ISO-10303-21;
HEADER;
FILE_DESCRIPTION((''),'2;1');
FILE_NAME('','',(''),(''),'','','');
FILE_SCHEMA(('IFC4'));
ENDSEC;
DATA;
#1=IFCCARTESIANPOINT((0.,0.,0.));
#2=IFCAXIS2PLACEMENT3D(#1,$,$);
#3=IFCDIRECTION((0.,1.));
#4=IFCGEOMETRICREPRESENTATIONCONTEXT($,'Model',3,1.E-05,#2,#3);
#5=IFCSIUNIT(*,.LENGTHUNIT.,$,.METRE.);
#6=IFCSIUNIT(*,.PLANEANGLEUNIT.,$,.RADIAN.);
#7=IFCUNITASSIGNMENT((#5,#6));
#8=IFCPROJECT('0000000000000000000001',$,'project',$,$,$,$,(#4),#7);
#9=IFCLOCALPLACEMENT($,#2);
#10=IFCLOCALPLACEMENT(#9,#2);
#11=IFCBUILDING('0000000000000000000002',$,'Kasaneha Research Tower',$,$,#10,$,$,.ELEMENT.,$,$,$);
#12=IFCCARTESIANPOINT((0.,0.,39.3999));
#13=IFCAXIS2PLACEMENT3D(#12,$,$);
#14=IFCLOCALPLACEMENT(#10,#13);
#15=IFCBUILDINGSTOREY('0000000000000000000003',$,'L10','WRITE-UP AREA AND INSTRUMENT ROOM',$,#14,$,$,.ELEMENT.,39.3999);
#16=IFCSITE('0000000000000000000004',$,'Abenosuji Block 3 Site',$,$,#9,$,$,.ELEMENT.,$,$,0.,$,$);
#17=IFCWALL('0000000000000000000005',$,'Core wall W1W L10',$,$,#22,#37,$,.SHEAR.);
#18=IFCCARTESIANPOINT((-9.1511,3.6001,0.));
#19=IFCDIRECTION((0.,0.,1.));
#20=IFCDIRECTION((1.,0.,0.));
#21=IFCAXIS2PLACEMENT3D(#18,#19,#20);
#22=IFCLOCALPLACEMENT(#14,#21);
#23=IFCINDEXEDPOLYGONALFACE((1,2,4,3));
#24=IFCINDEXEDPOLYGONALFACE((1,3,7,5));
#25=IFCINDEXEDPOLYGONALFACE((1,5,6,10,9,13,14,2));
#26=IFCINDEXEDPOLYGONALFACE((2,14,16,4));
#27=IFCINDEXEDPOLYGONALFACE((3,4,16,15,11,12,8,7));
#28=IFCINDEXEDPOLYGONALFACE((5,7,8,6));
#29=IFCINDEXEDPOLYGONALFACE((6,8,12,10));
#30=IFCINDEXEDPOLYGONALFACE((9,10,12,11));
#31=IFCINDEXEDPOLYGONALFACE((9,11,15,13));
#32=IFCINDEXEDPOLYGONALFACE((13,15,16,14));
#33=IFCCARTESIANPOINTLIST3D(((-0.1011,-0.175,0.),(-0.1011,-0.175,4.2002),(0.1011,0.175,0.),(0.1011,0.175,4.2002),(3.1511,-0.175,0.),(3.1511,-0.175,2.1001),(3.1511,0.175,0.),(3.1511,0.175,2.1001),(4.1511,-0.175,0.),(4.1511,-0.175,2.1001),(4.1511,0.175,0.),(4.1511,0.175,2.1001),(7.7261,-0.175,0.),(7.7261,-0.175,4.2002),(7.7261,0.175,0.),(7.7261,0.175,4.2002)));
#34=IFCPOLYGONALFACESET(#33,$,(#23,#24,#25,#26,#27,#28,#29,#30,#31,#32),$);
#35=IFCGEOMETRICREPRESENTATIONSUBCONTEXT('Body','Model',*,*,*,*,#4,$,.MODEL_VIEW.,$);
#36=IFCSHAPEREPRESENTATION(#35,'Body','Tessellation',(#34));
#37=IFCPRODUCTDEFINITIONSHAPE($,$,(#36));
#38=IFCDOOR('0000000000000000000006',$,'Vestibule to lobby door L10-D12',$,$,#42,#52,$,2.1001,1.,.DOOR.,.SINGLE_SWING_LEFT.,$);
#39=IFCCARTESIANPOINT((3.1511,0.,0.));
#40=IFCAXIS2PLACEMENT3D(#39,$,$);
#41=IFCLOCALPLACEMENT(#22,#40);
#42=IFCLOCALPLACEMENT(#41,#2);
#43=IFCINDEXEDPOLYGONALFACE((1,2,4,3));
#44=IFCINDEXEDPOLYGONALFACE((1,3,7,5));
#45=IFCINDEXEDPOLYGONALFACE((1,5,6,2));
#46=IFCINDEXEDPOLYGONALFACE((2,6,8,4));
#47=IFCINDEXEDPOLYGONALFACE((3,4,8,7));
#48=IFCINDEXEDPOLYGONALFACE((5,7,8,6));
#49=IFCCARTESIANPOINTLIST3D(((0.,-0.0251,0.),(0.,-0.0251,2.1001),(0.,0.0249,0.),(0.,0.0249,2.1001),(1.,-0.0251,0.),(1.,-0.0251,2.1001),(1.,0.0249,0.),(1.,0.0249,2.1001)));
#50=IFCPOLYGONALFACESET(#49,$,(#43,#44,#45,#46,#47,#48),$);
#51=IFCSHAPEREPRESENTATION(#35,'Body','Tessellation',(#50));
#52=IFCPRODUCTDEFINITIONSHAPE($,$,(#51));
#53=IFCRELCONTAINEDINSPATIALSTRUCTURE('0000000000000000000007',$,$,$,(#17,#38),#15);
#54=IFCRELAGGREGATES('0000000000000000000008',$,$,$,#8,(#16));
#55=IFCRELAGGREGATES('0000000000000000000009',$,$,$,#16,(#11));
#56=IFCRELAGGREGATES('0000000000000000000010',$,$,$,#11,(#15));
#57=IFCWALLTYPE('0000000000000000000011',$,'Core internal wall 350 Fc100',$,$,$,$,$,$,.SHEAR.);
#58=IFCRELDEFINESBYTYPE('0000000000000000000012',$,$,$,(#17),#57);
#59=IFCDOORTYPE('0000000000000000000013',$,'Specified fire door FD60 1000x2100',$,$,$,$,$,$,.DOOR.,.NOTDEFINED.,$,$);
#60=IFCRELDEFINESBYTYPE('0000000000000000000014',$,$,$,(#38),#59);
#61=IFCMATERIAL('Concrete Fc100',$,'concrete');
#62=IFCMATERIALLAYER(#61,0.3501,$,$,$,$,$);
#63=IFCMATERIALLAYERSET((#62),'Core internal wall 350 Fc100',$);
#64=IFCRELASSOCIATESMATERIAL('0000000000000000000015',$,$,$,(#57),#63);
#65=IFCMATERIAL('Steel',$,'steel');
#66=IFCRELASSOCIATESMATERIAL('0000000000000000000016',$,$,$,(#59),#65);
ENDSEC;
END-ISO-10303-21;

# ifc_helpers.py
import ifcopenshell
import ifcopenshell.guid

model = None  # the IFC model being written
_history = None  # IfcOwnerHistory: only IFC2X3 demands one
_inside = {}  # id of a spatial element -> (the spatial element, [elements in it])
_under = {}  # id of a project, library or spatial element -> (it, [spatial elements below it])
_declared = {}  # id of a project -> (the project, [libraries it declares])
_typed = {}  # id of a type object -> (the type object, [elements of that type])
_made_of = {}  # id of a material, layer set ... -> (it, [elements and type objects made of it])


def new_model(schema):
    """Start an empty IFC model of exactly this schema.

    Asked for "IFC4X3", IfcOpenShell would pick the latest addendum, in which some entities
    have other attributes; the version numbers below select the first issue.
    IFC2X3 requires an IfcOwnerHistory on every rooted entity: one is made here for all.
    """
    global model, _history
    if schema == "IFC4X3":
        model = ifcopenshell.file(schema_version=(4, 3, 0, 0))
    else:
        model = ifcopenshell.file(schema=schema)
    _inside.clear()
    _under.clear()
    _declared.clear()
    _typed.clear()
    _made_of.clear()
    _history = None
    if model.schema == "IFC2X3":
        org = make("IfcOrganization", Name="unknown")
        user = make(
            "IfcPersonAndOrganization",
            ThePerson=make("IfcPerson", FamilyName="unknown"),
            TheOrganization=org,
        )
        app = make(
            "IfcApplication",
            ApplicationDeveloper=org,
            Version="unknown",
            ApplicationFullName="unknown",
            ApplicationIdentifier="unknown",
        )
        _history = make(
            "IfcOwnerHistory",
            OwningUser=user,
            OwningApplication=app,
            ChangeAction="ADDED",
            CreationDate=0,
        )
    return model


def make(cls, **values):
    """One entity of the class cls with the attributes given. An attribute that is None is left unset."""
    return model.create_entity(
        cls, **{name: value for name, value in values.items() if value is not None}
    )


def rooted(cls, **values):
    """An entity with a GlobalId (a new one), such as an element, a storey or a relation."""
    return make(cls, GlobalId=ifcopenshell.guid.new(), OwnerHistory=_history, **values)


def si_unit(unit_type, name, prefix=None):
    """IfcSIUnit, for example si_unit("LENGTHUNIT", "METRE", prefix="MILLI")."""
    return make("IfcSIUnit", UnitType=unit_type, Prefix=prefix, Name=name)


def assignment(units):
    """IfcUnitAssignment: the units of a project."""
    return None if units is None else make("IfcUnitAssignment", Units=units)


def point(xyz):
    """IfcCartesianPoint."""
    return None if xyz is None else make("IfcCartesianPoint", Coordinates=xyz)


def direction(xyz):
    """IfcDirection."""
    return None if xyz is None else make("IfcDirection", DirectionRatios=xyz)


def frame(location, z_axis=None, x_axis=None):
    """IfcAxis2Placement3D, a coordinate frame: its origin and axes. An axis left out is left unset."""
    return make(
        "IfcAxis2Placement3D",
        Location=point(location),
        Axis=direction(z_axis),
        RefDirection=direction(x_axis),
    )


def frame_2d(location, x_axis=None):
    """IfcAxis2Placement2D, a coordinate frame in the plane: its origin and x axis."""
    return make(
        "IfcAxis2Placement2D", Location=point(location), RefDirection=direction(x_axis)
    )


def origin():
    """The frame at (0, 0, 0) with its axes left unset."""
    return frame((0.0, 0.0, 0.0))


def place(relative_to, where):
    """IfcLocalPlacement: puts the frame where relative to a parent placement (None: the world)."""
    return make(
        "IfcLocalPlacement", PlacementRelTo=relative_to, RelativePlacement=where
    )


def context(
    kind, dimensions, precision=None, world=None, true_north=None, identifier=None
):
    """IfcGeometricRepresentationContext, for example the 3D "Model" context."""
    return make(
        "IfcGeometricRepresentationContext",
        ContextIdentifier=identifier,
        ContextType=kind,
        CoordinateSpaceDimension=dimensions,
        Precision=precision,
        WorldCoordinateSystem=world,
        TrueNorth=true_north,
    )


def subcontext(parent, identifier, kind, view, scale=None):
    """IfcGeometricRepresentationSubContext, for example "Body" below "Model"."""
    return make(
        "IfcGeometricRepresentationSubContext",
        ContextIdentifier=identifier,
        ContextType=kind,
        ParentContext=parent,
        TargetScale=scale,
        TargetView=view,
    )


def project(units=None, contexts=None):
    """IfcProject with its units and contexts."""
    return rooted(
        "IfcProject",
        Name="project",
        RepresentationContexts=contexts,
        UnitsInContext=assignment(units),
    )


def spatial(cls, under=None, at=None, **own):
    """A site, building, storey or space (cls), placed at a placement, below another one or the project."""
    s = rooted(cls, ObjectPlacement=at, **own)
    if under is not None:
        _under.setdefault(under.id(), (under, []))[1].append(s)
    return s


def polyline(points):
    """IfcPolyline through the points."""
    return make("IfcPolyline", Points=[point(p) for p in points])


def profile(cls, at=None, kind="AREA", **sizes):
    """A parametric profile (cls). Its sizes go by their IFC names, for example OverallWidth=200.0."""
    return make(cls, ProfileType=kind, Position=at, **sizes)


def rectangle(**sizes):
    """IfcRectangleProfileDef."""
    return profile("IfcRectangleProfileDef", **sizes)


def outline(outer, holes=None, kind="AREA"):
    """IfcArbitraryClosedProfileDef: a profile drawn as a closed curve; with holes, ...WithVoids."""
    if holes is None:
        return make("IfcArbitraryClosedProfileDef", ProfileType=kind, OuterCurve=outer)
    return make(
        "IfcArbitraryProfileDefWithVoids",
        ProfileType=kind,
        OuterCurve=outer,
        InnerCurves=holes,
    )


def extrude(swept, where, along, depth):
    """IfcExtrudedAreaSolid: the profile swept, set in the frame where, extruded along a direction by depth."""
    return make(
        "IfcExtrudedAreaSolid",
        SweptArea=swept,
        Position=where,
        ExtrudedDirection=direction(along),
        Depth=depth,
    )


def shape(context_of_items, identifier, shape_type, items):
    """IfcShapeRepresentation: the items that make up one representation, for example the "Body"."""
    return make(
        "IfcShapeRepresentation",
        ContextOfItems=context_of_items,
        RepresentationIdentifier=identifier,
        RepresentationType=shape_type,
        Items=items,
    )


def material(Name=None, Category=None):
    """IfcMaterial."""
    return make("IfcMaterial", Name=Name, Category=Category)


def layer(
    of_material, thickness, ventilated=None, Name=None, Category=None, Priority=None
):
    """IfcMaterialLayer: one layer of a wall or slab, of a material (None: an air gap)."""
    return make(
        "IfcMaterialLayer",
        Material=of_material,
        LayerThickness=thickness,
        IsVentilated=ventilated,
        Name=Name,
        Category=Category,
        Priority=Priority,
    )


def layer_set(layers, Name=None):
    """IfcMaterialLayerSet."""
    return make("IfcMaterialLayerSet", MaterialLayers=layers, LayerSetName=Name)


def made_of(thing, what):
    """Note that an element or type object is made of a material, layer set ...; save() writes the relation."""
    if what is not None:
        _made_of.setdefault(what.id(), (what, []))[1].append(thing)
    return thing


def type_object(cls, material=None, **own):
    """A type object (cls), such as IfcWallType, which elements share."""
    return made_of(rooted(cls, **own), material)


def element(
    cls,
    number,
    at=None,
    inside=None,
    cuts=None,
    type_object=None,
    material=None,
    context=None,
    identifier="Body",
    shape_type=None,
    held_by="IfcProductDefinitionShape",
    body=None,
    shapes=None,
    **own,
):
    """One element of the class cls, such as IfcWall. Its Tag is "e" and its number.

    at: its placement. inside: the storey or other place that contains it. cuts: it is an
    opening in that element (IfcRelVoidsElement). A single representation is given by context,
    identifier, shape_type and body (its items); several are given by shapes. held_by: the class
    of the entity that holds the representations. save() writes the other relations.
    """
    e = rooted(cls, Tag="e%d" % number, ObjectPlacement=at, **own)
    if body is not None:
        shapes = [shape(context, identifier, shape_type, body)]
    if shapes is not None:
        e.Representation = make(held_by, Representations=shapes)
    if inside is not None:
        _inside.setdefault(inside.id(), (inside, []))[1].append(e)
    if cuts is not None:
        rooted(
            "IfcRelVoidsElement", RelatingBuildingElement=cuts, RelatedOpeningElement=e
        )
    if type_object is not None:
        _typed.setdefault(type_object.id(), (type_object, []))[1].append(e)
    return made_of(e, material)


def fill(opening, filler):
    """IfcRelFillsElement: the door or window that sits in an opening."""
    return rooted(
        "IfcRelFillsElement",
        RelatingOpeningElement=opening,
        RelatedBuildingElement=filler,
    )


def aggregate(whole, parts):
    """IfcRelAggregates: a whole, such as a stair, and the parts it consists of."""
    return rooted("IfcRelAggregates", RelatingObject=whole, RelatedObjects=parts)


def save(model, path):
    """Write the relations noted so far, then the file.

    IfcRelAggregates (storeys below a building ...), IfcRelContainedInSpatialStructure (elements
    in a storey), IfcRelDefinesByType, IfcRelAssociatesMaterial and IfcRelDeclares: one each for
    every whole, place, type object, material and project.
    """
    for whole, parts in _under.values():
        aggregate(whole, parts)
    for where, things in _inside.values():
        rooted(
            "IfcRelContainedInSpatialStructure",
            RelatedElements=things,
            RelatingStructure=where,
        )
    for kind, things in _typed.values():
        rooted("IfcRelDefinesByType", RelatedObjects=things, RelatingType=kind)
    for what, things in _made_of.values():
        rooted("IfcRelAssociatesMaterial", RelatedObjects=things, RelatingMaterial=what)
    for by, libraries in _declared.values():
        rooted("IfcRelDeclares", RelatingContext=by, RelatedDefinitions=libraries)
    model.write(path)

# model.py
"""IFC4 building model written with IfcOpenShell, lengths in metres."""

from ifc_helpers import new_model, si_unit, direction, frame, frame_2d, origin, place, context, subcontext, project, spatial, polyline, rectangle, outline, extrude, material, layer, layer_set, type_object, element, fill, save


model = new_model("IFC4")

# Units and contexts
model_context = context("Model", 3, precision=1e-05, world=origin(), true_north=direction((0.0, 1.0)))
body_context = subcontext(model_context, "Body", "Model", "MODEL_VIEW")
ifc_project = project(units=[si_unit("LENGTHUNIT", "METRE"), si_unit("PLANEANGLEUNIT", "RADIAN")], contexts=[model_context])

# Site, building, storey
site_placement = place(None, origin())
site = spatial("IfcSite", under=ifc_project, at=site_placement, Name="Abenosuji Block 3 Site", CompositionType="ELEMENT", RefElevation=0.0)
building_placement = place(site_placement, origin())
building = spatial("IfcBuilding", under=site, at=building_placement, Name="Kasaneha Research Tower", CompositionType="ELEMENT")
storey_placement = place(building_placement, frame((0.0, 0.0, 39.3999)))
storey = spatial("IfcBuildingStorey", under=building, at=storey_placement, Name="L10", Description="WRITE-UP AREA AND INSTRUMENT ROOM", CompositionType="ELEMENT", Elevation=39.3999)

# Wall, opening, door
ifc_material_1 = material(Name="Concrete Fc100", Category="concrete")
ifc_layer_1 = layer(ifc_material_1, 0.3501)
ifc_layer_set_1 = layer_set([ifc_layer_1], Name="Core internal wall 350 Fc100")
wall_type_1 = type_object("IfcWallType", Name="Core internal wall 350 Fc100", PredefinedType="SHEAR", material=ifc_layer_set_1)
wall_1_placement = place(storey_placement, frame((-9.1511, 3.6001, 0.0), z_axis=(0.0, 0.0, 1.0), x_axis=(1.0, 0.0, 0.0)))
wall_1 = element("IfcWall", 1, at=wall_1_placement, inside=storey, type_object=wall_type_1, Name="Core wall W1W L10", PredefinedType="SHEAR", context=body_context, shape_type="SweptSolid", body=[
    extrude(outline(polyline([(-0.1011, -0.175), (3.1511, -0.175), (4.1511, -0.175), (7.7261, -0.175), (7.7261, 0.175), (4.1511, 0.175), (3.1511, 0.175), (0.1011, 0.175), (-0.1011, -0.175)])), origin(), (0.0, 0.0, 1.0), 4.2002),
])
opening_1_placement = place(wall_1_placement, frame((3.1511, 0.0, 0.0)))
opening_1 = element("IfcOpeningElement", 2, at=opening_1_placement, cuts=wall_1, PredefinedType="OPENING", context=body_context, shape_type="SweptSolid", body=[
    extrude(rectangle(XDim=1.0, YDim=2.1001, at=frame_2d((0.5, 1.05))), frame((0.0, 0.1851, 0.0), z_axis=(0.0, -1.0, 0.0), x_axis=(1.0, 0.0, 0.0)), (0.0, 0.0, 1.0), 0.3701),
])
ifc_material_2 = material(Name="Steel", Category="steel")
door_type_1 = type_object("IfcDoorType", Name="Specified fire door FD60 1000x2100", OperationType="NOTDEFINED", PredefinedType="DOOR", material=ifc_material_2)
door_1_placement = place(opening_1_placement, origin())
door_1 = element("IfcDoor", 3, at=door_1_placement, inside=storey, type_object=door_type_1, Name="Vestibule to lobby door L10-D12", OperationType="SINGLE_SWING_LEFT", OverallHeight=2.1001, OverallWidth=1.0, PredefinedType="DOOR", context=body_context, shape_type="SweptSolid", body=[
    extrude(rectangle(XDim=1.0, YDim=2.1001, at=frame_2d((0.5, 1.05))), frame((0.0, 0.0249, 0.0), z_axis=(0.0, -1.0, 0.0), x_axis=(1.0, 0.0, 0.0)), (0.0, 0.0, 1.0), 0.05),
])
fill(opening_1, door_1)

save(model, "model.ifc")
